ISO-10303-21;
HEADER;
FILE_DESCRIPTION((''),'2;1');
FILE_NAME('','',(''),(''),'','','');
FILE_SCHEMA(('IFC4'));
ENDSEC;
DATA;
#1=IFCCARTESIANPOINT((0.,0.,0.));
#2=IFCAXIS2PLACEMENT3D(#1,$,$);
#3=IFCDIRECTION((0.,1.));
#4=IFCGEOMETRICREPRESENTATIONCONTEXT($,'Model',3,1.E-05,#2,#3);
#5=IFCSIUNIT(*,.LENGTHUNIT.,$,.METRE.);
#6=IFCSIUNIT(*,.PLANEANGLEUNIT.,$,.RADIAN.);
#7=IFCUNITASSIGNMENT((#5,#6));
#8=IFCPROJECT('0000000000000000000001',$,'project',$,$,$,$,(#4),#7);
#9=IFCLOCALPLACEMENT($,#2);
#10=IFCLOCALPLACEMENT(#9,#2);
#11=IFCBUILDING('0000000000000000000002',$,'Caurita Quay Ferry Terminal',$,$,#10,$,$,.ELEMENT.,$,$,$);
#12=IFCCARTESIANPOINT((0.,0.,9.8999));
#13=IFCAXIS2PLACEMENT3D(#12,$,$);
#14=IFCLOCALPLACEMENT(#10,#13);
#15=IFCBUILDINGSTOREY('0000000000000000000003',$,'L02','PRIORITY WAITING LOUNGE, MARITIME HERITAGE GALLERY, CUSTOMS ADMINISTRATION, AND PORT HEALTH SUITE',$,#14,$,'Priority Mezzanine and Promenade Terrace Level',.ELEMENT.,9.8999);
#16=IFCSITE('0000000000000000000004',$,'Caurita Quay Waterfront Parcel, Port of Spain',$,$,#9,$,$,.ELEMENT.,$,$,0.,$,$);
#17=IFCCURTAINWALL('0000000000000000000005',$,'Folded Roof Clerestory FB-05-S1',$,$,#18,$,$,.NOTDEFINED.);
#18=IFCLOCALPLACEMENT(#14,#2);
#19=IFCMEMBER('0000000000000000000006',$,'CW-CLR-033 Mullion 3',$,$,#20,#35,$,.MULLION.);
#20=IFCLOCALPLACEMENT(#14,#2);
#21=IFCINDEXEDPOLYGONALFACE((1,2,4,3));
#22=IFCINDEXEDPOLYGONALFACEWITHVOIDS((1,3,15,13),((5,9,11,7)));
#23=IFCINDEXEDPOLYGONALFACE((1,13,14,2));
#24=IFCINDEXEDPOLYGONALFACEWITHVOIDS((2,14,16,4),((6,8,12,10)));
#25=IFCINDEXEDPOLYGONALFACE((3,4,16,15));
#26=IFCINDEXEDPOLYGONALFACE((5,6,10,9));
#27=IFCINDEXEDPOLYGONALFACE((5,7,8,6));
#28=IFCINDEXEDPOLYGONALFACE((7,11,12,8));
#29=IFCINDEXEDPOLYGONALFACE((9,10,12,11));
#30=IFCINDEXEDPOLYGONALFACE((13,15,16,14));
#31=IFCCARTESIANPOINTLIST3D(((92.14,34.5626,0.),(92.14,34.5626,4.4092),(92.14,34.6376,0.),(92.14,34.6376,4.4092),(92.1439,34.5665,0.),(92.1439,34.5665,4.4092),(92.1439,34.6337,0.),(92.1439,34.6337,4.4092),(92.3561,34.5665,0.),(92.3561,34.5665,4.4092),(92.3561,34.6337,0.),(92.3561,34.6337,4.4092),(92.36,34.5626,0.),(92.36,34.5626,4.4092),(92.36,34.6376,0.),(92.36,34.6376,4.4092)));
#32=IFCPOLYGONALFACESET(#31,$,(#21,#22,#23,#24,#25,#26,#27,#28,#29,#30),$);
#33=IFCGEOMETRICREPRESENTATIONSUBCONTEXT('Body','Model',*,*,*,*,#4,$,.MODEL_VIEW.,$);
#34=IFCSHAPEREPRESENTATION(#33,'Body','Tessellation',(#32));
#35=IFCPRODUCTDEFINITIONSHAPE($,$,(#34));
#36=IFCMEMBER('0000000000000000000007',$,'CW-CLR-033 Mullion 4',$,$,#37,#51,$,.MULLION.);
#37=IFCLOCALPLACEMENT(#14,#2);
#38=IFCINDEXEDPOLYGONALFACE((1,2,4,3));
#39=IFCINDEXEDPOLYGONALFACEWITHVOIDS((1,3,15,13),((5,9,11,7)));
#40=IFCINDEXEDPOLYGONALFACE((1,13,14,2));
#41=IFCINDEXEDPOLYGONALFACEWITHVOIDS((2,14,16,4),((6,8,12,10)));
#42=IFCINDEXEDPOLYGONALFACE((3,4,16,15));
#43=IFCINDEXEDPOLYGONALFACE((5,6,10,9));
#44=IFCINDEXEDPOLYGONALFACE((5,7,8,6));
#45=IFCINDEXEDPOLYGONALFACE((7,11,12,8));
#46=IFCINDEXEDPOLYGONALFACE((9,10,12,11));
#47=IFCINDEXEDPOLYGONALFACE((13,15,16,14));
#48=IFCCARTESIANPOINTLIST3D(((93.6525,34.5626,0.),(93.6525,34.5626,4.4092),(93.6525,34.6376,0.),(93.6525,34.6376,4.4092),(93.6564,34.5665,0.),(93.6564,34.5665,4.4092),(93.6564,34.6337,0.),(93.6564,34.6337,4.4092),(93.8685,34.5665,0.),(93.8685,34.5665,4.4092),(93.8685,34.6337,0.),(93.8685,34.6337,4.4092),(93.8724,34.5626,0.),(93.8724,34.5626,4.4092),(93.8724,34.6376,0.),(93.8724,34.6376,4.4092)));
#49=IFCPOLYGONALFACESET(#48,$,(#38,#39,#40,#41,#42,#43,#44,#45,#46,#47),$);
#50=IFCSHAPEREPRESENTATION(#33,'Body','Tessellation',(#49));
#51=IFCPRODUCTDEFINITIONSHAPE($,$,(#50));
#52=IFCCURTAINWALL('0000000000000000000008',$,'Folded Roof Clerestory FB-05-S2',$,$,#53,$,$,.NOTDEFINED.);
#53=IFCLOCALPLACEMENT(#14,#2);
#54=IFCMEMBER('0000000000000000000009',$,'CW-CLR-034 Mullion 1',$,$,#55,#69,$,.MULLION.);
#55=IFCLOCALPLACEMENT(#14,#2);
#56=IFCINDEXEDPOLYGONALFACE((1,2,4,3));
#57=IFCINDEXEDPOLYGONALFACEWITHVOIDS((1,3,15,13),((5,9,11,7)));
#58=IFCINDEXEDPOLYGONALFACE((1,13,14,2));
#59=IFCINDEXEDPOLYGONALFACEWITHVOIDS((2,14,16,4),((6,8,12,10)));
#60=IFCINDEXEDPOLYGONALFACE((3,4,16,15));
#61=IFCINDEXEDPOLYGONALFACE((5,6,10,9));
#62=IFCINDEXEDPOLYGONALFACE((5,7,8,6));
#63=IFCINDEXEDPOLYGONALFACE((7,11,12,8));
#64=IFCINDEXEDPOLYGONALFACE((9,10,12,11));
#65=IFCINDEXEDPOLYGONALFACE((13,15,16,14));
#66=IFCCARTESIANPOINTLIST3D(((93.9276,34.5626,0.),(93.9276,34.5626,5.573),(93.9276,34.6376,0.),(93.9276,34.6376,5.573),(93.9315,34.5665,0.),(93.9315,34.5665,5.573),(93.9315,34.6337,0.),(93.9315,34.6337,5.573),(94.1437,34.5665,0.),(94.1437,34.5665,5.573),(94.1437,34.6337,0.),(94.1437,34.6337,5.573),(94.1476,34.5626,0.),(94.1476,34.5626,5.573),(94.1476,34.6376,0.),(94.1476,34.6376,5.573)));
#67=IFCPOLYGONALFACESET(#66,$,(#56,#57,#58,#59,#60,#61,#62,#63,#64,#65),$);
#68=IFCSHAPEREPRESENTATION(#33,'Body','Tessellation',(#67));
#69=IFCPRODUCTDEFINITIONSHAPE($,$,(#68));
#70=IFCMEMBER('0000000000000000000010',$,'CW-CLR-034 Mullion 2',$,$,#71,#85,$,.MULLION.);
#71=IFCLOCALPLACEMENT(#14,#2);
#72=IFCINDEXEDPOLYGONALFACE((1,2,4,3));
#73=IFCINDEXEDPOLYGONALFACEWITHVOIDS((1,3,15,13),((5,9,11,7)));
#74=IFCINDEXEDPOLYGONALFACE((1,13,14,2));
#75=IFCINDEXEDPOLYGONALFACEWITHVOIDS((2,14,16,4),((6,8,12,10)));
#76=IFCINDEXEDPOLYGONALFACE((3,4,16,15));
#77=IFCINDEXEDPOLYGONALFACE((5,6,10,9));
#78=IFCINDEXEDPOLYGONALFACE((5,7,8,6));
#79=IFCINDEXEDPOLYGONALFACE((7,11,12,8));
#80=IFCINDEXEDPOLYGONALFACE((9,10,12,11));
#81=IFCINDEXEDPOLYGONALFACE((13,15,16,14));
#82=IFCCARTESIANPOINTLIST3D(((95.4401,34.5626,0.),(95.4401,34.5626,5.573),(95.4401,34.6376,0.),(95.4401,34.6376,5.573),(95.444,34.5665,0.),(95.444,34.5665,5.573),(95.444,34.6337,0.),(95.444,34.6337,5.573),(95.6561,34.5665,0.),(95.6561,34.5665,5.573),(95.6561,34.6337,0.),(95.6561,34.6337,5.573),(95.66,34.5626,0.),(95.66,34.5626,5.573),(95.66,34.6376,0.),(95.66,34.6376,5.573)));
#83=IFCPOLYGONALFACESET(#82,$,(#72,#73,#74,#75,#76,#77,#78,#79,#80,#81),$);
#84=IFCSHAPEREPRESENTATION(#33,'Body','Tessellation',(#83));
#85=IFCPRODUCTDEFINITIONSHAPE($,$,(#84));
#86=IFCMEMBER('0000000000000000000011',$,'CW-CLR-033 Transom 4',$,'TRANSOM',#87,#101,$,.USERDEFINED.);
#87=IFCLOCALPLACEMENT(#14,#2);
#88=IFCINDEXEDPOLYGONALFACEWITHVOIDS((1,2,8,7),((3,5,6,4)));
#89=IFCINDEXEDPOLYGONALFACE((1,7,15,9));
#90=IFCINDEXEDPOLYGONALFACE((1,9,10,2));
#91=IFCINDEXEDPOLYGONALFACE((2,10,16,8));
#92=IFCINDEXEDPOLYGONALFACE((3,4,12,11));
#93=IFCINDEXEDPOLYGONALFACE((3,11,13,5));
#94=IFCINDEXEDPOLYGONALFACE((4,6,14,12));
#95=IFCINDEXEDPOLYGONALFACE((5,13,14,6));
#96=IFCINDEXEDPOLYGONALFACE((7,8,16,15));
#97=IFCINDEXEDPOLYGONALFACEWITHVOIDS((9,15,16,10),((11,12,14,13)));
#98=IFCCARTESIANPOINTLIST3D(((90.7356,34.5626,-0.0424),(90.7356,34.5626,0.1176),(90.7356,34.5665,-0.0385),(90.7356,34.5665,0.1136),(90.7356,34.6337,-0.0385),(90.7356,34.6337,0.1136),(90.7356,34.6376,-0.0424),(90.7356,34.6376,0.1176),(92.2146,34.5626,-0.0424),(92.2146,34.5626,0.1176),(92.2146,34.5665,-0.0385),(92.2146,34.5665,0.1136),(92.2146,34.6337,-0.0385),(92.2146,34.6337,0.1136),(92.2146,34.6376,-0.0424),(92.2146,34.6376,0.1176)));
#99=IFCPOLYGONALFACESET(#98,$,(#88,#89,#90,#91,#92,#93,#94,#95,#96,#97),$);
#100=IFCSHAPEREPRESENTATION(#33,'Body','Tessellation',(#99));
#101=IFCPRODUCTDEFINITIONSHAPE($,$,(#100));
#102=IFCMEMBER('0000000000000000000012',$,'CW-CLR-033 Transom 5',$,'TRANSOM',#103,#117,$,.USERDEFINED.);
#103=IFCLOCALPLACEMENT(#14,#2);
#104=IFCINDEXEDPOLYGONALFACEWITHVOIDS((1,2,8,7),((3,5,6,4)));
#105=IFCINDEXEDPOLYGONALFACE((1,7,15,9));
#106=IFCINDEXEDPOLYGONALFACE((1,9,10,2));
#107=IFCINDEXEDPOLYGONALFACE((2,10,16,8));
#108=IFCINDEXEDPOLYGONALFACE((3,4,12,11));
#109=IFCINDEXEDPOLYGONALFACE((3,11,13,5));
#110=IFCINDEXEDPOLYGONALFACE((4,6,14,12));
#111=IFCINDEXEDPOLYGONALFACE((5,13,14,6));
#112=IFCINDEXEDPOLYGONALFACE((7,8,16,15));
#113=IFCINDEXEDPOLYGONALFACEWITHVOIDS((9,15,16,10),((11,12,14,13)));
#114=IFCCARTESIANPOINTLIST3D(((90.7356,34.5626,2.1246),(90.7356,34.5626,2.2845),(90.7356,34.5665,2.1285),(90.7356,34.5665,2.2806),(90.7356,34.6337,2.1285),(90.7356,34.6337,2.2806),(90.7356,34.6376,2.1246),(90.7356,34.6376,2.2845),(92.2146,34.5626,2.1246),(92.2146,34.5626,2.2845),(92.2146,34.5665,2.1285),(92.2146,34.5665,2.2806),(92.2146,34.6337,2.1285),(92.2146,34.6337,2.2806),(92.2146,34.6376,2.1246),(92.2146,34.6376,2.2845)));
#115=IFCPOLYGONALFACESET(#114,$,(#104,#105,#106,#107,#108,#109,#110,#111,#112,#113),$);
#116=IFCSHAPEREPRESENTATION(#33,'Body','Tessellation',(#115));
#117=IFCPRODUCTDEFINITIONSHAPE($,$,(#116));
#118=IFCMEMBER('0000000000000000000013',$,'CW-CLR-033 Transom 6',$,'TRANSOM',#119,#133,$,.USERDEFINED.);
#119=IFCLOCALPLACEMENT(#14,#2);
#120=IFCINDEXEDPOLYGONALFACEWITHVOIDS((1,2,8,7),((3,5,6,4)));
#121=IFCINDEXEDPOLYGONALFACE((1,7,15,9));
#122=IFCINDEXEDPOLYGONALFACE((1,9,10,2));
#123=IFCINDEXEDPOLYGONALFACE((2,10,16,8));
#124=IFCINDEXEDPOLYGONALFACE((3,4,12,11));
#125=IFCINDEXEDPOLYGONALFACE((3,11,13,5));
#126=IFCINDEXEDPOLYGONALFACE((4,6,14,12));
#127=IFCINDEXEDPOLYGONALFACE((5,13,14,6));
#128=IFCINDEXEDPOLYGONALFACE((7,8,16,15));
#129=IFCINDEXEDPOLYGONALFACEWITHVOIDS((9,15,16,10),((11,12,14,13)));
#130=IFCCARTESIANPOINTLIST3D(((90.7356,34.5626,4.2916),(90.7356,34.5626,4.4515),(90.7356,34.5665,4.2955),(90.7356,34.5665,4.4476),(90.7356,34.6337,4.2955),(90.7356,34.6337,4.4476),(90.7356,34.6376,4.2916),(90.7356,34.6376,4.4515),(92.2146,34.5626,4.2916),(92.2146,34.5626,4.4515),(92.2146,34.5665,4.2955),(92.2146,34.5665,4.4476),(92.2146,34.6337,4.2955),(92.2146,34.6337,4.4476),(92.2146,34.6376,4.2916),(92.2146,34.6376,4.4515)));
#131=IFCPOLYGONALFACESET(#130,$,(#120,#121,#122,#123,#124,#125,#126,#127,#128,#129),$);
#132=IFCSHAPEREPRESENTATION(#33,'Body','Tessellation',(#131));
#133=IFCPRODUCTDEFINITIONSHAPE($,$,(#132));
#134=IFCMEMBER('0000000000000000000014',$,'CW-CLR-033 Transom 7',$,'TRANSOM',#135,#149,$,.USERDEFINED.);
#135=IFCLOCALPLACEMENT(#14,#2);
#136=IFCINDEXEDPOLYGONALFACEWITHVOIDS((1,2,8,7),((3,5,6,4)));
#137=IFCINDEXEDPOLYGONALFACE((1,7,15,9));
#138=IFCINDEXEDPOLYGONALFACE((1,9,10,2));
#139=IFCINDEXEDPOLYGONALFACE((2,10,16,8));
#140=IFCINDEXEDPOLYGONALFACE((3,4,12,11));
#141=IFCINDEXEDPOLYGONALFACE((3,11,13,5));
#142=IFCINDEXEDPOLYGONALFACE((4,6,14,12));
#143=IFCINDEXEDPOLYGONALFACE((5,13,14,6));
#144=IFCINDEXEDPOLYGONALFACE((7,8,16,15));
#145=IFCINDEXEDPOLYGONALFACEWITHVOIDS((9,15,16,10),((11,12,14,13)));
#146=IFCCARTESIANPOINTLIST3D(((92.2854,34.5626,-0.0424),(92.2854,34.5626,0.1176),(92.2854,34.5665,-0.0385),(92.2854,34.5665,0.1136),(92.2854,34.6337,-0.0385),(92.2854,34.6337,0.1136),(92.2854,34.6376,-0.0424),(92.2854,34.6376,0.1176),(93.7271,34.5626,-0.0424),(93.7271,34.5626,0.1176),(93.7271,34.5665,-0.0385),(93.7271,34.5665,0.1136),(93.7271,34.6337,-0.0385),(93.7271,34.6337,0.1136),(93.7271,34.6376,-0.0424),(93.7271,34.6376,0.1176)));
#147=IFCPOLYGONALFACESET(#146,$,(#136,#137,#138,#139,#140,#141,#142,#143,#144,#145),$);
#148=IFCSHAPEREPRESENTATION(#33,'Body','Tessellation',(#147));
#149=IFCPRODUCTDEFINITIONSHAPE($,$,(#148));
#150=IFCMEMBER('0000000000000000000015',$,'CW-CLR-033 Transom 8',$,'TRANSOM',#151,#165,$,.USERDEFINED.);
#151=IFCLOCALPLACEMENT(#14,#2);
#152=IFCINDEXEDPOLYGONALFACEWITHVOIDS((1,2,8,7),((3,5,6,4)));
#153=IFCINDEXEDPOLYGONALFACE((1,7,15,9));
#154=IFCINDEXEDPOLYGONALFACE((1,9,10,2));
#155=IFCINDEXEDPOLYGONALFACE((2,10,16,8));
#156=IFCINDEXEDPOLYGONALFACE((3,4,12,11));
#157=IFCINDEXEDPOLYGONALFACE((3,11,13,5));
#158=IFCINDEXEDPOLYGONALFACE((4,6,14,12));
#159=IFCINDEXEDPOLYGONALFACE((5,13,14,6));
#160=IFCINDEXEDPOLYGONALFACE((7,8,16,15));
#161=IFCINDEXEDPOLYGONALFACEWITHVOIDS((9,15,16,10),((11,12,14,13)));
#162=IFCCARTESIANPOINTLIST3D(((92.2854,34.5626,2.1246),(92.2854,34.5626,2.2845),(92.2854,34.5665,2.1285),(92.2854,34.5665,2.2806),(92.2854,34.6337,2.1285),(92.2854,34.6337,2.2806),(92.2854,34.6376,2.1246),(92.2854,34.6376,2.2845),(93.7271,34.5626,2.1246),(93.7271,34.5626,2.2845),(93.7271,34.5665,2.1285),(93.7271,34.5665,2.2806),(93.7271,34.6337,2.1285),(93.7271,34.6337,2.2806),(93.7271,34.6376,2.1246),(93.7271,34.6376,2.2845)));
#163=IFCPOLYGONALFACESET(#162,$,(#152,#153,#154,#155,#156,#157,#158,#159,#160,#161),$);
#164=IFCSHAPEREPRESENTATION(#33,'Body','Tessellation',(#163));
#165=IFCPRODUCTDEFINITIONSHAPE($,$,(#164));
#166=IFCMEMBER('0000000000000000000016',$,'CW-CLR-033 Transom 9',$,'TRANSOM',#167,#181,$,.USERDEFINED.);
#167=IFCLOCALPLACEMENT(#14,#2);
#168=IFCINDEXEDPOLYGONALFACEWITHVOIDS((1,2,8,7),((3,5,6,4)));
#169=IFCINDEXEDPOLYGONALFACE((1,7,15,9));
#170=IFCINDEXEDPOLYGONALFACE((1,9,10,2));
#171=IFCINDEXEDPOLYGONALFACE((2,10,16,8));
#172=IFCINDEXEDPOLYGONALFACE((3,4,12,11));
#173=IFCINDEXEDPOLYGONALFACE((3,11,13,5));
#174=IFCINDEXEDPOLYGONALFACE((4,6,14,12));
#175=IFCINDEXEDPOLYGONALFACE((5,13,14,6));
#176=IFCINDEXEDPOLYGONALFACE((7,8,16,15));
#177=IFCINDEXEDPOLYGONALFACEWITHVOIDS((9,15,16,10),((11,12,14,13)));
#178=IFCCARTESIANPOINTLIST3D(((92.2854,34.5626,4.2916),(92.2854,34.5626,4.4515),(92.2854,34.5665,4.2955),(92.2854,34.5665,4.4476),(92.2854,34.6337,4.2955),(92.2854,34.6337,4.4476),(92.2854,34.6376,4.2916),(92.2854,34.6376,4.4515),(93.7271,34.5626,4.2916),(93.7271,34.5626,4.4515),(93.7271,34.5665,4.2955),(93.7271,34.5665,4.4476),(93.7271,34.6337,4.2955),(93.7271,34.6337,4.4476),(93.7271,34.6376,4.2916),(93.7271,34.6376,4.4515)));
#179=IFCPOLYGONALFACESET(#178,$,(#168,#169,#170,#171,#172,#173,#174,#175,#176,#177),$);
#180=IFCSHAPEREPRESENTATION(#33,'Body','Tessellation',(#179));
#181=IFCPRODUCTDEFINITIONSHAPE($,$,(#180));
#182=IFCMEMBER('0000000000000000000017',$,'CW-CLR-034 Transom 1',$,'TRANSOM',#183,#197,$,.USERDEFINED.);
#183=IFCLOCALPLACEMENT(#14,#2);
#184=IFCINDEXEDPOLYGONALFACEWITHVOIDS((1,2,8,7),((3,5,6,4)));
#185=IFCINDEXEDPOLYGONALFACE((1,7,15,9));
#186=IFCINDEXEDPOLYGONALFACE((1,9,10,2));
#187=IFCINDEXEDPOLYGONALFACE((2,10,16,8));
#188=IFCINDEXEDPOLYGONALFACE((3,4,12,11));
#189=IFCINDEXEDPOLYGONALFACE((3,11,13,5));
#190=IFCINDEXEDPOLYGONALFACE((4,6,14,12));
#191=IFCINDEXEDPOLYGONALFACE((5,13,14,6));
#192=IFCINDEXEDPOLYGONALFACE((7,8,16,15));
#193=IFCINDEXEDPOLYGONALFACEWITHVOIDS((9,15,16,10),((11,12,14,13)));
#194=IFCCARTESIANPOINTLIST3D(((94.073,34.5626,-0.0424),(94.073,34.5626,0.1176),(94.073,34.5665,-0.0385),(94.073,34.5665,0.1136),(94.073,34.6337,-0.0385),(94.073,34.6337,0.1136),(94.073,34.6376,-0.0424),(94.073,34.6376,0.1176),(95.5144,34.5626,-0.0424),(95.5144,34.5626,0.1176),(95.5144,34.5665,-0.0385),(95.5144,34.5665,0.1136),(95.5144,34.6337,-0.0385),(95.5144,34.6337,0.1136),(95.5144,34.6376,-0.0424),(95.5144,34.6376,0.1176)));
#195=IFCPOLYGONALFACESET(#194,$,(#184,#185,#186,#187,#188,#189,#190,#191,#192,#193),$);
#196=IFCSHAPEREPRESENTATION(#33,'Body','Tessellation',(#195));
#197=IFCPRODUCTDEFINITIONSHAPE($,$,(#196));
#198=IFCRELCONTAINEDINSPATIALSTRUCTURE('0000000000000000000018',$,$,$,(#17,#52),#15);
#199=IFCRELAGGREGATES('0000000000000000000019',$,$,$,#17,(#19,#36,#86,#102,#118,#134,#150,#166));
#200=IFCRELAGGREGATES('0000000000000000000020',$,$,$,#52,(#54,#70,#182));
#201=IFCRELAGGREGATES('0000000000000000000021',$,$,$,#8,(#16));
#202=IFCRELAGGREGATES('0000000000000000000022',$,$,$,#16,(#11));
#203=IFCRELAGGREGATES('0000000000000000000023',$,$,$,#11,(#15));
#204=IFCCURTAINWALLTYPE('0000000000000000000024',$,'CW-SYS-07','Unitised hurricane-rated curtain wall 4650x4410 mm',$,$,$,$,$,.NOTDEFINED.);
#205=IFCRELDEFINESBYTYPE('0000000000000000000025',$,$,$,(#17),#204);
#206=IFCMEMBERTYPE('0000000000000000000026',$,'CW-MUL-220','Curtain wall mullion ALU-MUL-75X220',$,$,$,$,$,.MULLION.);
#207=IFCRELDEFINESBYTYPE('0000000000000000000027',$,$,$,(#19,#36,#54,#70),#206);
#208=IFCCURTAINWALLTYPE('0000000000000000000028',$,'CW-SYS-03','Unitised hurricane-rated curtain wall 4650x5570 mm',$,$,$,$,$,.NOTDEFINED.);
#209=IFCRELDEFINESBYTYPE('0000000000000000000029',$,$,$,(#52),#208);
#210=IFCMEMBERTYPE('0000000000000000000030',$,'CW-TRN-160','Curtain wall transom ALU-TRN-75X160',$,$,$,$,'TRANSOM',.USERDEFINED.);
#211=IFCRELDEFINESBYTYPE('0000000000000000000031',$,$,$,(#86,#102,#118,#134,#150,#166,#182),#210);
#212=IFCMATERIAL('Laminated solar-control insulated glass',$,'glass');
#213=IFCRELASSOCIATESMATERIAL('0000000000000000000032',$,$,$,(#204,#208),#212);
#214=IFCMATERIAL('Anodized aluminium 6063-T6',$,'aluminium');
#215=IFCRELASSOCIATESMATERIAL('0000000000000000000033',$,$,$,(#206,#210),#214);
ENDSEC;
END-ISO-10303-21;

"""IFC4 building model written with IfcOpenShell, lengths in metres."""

from ifc_helpers import new_model, si_unit, direction, frame, origin, origin_2d, place, context, subcontext, project, spatial, hollow_rectangle, extrude, material, material_profile, profile_set, type_object, element, aggregate, save


model = new_model("IFC4")

# Units and contexts
model_context = context("Model", 3, precision=1e-05, world=origin(), true_north=direction((0.0, 1.0)))
body_context = subcontext(model_context, "Body", "Model", "MODEL_VIEW")
ifc_project = project(units=[si_unit("LENGTHUNIT", "METRE"), si_unit("PLANEANGLEUNIT", "RADIAN")], contexts=[model_context])

# Site, building, storey
site_placement = place(None, origin())
site = spatial("IfcSite", under=ifc_project, at=site_placement, Name="Caurita Quay Waterfront Parcel, Port of Spain", CompositionType="ELEMENT", RefElevation=0.0)
building_placement = place(site_placement, origin())
building = spatial("IfcBuilding", under=site, at=building_placement, Name="Caurita Quay Ferry Terminal", CompositionType="ELEMENT")
storey_placement = place(building_placement, frame((0.0, 0.0, 9.8999)))
storey = spatial("IfcBuildingStorey", under=building, at=storey_placement, Name="L02", Description="PRIORITY WAITING LOUNGE, MARITIME HERITAGE GALLERY, CUSTOMS ADMINISTRATION, AND PORT HEALTH SUITE", LongName="Priority Mezzanine and Promenade Terrace Level", CompositionType="ELEMENT", Elevation=9.8999)

# Curtain walls, members
ifc_material_1 = material(Name="Laminated solar-control insulated glass", Category="glass")
curtain_wall_type_1 = type_object("IfcCurtainWallType", Name="CW-SYS-07", Description="Unitised hurricane-rated curtain wall 4650x4410 mm", PredefinedType="NOTDEFINED", material=ifc_material_1)
curtain_wall_1_placement = place(storey_placement, origin())
curtain_wall_1 = element("IfcCurtainWall", 1, at=curtain_wall_1_placement, inside=storey, type_object=curtain_wall_type_1, Name="Folded Roof Clerestory FB-05-S1", PredefinedType="NOTDEFINED")
ifc_material_2 = material(Name="Anodized aluminium 6063-T6", Category="aluminium")
ifc_material_profile_1 = material_profile(ifc_material_2, hollow_rectangle(XDim=0.075, YDim=0.22, WallThickness=0.0039, at=origin_2d()), Name="ALU-MUL-75X220")
ifc_profile_set_1 = profile_set([ifc_material_profile_1], Name="Anodized aluminium 6063-T6")
member_type_1 = type_object("IfcMemberType", Name="CW-MUL-220", Description="Curtain wall mullion ALU-MUL-75X220", PredefinedType="MULLION", material=ifc_profile_set_1)
member_1_placement = place(storey_placement, frame((92.25, 34.6001, 0.0), z_axis=(0.0, 0.0, 1.0), x_axis=(0.0, 1.0, 0.0)))
member_1 = element("IfcMember", 2, at=member_1_placement, type_object=member_type_1, Name="CW-CLR-033 Mullion 3", PredefinedType="MULLION", context=body_context, shape_type="SweptSolid", body=[
    extrude(hollow_rectangle(XDim=0.075, YDim=0.22, WallThickness=0.0039, at=origin_2d()), origin(), (0.0, 0.0, 1.0), 4.4092),
])
member_2_placement = place(storey_placement, frame((93.7625, 34.6001, 0.0), z_axis=(0.0, 0.0, 1.0), x_axis=(0.0, 1.0, 0.0)))
member_2 = element("IfcMember", 3, at=member_2_placement, type_object=member_type_1, Name="CW-CLR-033 Mullion 4", PredefinedType="MULLION", context=body_context, shape_type="SweptSolid", body=[
    extrude(hollow_rectangle(XDim=0.075, YDim=0.22, WallThickness=0.0039, at=origin_2d()), origin(), (0.0, 0.0, 1.0), 4.4092),
])
curtain_wall_type_2 = type_object("IfcCurtainWallType", Name="CW-SYS-03", Description="Unitised hurricane-rated curtain wall 4650x5570 mm", PredefinedType="NOTDEFINED", material=ifc_material_1)
curtain_wall_2_placement = place(storey_placement, origin())
curtain_wall_2 = element("IfcCurtainWall", 4, at=curtain_wall_2_placement, inside=storey, type_object=curtain_wall_type_2, Name="Folded Roof Clerestory FB-05-S2", PredefinedType="NOTDEFINED")
member_3_placement = place(storey_placement, frame((94.0376, 34.6001, 0.0), z_axis=(0.0, 0.0, 1.0), x_axis=(0.0, 1.0, 0.0)))
member_3 = element("IfcMember", 5, at=member_3_placement, type_object=member_type_1, Name="CW-CLR-034 Mullion 1", PredefinedType="MULLION", context=body_context, shape_type="SweptSolid", body=[
    extrude(hollow_rectangle(XDim=0.075, YDim=0.22, WallThickness=0.0039, at=origin_2d()), origin(), (0.0, 0.0, 1.0), 5.573),
])
member_4_placement = place(storey_placement, frame((95.55, 34.6001, 0.0), z_axis=(0.0, 0.0, 1.0), x_axis=(0.0, 1.0, 0.0)))
member_4 = element("IfcMember", 6, at=member_4_placement, type_object=member_type_1, Name="CW-CLR-034 Mullion 2", PredefinedType="MULLION", context=body_context, shape_type="SweptSolid", body=[
    extrude(hollow_rectangle(XDim=0.075, YDim=0.22, WallThickness=0.0039, at=origin_2d()), origin(), (0.0, 0.0, 1.0), 5.573),
])

# Members
ifc_material_profile_2 = material_profile(ifc_material_2, hollow_rectangle(XDim=0.075, YDim=0.1599, WallThickness=0.0039, at=origin_2d()), Name="ALU-TRN-75X160")
ifc_profile_set_2 = profile_set([ifc_material_profile_2], Name="Anodized aluminium 6063-T6")
member_type_2 = type_object("IfcMemberType", Name="CW-TRN-160", Description="Curtain wall transom ALU-TRN-75X160", ElementType="TRANSOM", PredefinedType="USERDEFINED", material=ifc_profile_set_2)
member_5_placement = place(storey_placement, frame((90.7356, 34.6001, 0.0376), z_axis=(1.0, 0.0, 0.0), x_axis=(0.0, 1.0, 0.0)))
member_5 = element("IfcMember", 7, at=member_5_placement, type_object=member_type_2, Name="CW-CLR-033 Transom 4", ObjectType="TRANSOM", PredefinedType="USERDEFINED", context=body_context, shape_type="SweptSolid", body=[
    extrude(hollow_rectangle(XDim=0.075, YDim=0.1599, WallThickness=0.0039, at=origin_2d()), origin(), (0.0, 0.0, 1.0), 1.479),
])
member_6_placement = place(storey_placement, frame((90.7356, 34.6001, 2.2046), z_axis=(1.0, 0.0, 0.0), x_axis=(0.0, 1.0, 0.0)))
member_6 = element("IfcMember", 8, at=member_6_placement, type_object=member_type_2, Name="CW-CLR-033 Transom 5", ObjectType="TRANSOM", PredefinedType="USERDEFINED", context=body_context, shape_type="SweptSolid", body=[
    extrude(hollow_rectangle(XDim=0.075, YDim=0.1599, WallThickness=0.0039, at=origin_2d()), origin(), (0.0, 0.0, 1.0), 1.479),
])
member_7_placement = place(storey_placement, frame((90.7356, 34.6001, 4.3716), z_axis=(1.0, 0.0, 0.0), x_axis=(0.0, 1.0, 0.0)))
member_7 = element("IfcMember", 9, at=member_7_placement, type_object=member_type_2, Name="CW-CLR-033 Transom 6", ObjectType="TRANSOM", PredefinedType="USERDEFINED", context=body_context, shape_type="SweptSolid", body=[
    extrude(hollow_rectangle(XDim=0.075, YDim=0.1599, WallThickness=0.0039, at=origin_2d()), origin(), (0.0, 0.0, 1.0), 1.479),
])
member_8_placement = place(storey_placement, frame((92.2854, 34.6001, 0.0376), z_axis=(1.0, 0.0, 0.0), x_axis=(0.0, 1.0, 0.0)))
member_8 = element("IfcMember", 10, at=member_8_placement, type_object=member_type_2, Name="CW-CLR-033 Transom 7", ObjectType="TRANSOM", PredefinedType="USERDEFINED", context=body_context, shape_type="SweptSolid", body=[
    extrude(hollow_rectangle(XDim=0.075, YDim=0.1599, WallThickness=0.0039, at=origin_2d()), origin(), (0.0, 0.0, 1.0), 1.4417),
])
member_9_placement = place(storey_placement, frame((92.2854, 34.6001, 2.2046), z_axis=(1.0, 0.0, 0.0), x_axis=(0.0, 1.0, 0.0)))
member_9 = element("IfcMember", 11, at=member_9_placement, type_object=member_type_2, Name="CW-CLR-033 Transom 8", ObjectType="TRANSOM", PredefinedType="USERDEFINED", context=body_context, shape_type="SweptSolid", body=[
    extrude(hollow_rectangle(XDim=0.075, YDim=0.1599, WallThickness=0.0039, at=origin_2d()), origin(), (0.0, 0.0, 1.0), 1.4417),
])
member_10_placement = place(storey_placement, frame((92.2854, 34.6001, 4.3716), z_axis=(1.0, 0.0, 0.0), x_axis=(0.0, 1.0, 0.0)))
member_10 = element("IfcMember", 12, at=member_10_placement, type_object=member_type_2, Name="CW-CLR-033 Transom 9", ObjectType="TRANSOM", PredefinedType="USERDEFINED", context=body_context, shape_type="SweptSolid", body=[
    extrude(hollow_rectangle(XDim=0.075, YDim=0.1599, WallThickness=0.0039, at=origin_2d()), origin(), (0.0, 0.0, 1.0), 1.4417),
])
member_11_placement = place(storey_placement, frame((94.073, 34.6001, 0.0376), z_axis=(1.0, 0.0, 0.0), x_axis=(0.0, 1.0, 0.0)))
member_11 = element("IfcMember", 13, at=member_11_placement, type_object=member_type_2, Name="CW-CLR-034 Transom 1", ObjectType="TRANSOM", PredefinedType="USERDEFINED", context=body_context, shape_type="SweptSolid", body=[
    extrude(hollow_rectangle(XDim=0.075, YDim=0.1599, WallThickness=0.0039, at=origin_2d()), origin(), (0.0, 0.0, 1.0), 1.4414),
])

aggregate(curtain_wall_1, [member_1, member_2, member_5, member_6, member_7, member_8, member_9, member_10])
aggregate(curtain_wall_2, [member_3, member_4, member_11])

save(model, "model.ifc")
